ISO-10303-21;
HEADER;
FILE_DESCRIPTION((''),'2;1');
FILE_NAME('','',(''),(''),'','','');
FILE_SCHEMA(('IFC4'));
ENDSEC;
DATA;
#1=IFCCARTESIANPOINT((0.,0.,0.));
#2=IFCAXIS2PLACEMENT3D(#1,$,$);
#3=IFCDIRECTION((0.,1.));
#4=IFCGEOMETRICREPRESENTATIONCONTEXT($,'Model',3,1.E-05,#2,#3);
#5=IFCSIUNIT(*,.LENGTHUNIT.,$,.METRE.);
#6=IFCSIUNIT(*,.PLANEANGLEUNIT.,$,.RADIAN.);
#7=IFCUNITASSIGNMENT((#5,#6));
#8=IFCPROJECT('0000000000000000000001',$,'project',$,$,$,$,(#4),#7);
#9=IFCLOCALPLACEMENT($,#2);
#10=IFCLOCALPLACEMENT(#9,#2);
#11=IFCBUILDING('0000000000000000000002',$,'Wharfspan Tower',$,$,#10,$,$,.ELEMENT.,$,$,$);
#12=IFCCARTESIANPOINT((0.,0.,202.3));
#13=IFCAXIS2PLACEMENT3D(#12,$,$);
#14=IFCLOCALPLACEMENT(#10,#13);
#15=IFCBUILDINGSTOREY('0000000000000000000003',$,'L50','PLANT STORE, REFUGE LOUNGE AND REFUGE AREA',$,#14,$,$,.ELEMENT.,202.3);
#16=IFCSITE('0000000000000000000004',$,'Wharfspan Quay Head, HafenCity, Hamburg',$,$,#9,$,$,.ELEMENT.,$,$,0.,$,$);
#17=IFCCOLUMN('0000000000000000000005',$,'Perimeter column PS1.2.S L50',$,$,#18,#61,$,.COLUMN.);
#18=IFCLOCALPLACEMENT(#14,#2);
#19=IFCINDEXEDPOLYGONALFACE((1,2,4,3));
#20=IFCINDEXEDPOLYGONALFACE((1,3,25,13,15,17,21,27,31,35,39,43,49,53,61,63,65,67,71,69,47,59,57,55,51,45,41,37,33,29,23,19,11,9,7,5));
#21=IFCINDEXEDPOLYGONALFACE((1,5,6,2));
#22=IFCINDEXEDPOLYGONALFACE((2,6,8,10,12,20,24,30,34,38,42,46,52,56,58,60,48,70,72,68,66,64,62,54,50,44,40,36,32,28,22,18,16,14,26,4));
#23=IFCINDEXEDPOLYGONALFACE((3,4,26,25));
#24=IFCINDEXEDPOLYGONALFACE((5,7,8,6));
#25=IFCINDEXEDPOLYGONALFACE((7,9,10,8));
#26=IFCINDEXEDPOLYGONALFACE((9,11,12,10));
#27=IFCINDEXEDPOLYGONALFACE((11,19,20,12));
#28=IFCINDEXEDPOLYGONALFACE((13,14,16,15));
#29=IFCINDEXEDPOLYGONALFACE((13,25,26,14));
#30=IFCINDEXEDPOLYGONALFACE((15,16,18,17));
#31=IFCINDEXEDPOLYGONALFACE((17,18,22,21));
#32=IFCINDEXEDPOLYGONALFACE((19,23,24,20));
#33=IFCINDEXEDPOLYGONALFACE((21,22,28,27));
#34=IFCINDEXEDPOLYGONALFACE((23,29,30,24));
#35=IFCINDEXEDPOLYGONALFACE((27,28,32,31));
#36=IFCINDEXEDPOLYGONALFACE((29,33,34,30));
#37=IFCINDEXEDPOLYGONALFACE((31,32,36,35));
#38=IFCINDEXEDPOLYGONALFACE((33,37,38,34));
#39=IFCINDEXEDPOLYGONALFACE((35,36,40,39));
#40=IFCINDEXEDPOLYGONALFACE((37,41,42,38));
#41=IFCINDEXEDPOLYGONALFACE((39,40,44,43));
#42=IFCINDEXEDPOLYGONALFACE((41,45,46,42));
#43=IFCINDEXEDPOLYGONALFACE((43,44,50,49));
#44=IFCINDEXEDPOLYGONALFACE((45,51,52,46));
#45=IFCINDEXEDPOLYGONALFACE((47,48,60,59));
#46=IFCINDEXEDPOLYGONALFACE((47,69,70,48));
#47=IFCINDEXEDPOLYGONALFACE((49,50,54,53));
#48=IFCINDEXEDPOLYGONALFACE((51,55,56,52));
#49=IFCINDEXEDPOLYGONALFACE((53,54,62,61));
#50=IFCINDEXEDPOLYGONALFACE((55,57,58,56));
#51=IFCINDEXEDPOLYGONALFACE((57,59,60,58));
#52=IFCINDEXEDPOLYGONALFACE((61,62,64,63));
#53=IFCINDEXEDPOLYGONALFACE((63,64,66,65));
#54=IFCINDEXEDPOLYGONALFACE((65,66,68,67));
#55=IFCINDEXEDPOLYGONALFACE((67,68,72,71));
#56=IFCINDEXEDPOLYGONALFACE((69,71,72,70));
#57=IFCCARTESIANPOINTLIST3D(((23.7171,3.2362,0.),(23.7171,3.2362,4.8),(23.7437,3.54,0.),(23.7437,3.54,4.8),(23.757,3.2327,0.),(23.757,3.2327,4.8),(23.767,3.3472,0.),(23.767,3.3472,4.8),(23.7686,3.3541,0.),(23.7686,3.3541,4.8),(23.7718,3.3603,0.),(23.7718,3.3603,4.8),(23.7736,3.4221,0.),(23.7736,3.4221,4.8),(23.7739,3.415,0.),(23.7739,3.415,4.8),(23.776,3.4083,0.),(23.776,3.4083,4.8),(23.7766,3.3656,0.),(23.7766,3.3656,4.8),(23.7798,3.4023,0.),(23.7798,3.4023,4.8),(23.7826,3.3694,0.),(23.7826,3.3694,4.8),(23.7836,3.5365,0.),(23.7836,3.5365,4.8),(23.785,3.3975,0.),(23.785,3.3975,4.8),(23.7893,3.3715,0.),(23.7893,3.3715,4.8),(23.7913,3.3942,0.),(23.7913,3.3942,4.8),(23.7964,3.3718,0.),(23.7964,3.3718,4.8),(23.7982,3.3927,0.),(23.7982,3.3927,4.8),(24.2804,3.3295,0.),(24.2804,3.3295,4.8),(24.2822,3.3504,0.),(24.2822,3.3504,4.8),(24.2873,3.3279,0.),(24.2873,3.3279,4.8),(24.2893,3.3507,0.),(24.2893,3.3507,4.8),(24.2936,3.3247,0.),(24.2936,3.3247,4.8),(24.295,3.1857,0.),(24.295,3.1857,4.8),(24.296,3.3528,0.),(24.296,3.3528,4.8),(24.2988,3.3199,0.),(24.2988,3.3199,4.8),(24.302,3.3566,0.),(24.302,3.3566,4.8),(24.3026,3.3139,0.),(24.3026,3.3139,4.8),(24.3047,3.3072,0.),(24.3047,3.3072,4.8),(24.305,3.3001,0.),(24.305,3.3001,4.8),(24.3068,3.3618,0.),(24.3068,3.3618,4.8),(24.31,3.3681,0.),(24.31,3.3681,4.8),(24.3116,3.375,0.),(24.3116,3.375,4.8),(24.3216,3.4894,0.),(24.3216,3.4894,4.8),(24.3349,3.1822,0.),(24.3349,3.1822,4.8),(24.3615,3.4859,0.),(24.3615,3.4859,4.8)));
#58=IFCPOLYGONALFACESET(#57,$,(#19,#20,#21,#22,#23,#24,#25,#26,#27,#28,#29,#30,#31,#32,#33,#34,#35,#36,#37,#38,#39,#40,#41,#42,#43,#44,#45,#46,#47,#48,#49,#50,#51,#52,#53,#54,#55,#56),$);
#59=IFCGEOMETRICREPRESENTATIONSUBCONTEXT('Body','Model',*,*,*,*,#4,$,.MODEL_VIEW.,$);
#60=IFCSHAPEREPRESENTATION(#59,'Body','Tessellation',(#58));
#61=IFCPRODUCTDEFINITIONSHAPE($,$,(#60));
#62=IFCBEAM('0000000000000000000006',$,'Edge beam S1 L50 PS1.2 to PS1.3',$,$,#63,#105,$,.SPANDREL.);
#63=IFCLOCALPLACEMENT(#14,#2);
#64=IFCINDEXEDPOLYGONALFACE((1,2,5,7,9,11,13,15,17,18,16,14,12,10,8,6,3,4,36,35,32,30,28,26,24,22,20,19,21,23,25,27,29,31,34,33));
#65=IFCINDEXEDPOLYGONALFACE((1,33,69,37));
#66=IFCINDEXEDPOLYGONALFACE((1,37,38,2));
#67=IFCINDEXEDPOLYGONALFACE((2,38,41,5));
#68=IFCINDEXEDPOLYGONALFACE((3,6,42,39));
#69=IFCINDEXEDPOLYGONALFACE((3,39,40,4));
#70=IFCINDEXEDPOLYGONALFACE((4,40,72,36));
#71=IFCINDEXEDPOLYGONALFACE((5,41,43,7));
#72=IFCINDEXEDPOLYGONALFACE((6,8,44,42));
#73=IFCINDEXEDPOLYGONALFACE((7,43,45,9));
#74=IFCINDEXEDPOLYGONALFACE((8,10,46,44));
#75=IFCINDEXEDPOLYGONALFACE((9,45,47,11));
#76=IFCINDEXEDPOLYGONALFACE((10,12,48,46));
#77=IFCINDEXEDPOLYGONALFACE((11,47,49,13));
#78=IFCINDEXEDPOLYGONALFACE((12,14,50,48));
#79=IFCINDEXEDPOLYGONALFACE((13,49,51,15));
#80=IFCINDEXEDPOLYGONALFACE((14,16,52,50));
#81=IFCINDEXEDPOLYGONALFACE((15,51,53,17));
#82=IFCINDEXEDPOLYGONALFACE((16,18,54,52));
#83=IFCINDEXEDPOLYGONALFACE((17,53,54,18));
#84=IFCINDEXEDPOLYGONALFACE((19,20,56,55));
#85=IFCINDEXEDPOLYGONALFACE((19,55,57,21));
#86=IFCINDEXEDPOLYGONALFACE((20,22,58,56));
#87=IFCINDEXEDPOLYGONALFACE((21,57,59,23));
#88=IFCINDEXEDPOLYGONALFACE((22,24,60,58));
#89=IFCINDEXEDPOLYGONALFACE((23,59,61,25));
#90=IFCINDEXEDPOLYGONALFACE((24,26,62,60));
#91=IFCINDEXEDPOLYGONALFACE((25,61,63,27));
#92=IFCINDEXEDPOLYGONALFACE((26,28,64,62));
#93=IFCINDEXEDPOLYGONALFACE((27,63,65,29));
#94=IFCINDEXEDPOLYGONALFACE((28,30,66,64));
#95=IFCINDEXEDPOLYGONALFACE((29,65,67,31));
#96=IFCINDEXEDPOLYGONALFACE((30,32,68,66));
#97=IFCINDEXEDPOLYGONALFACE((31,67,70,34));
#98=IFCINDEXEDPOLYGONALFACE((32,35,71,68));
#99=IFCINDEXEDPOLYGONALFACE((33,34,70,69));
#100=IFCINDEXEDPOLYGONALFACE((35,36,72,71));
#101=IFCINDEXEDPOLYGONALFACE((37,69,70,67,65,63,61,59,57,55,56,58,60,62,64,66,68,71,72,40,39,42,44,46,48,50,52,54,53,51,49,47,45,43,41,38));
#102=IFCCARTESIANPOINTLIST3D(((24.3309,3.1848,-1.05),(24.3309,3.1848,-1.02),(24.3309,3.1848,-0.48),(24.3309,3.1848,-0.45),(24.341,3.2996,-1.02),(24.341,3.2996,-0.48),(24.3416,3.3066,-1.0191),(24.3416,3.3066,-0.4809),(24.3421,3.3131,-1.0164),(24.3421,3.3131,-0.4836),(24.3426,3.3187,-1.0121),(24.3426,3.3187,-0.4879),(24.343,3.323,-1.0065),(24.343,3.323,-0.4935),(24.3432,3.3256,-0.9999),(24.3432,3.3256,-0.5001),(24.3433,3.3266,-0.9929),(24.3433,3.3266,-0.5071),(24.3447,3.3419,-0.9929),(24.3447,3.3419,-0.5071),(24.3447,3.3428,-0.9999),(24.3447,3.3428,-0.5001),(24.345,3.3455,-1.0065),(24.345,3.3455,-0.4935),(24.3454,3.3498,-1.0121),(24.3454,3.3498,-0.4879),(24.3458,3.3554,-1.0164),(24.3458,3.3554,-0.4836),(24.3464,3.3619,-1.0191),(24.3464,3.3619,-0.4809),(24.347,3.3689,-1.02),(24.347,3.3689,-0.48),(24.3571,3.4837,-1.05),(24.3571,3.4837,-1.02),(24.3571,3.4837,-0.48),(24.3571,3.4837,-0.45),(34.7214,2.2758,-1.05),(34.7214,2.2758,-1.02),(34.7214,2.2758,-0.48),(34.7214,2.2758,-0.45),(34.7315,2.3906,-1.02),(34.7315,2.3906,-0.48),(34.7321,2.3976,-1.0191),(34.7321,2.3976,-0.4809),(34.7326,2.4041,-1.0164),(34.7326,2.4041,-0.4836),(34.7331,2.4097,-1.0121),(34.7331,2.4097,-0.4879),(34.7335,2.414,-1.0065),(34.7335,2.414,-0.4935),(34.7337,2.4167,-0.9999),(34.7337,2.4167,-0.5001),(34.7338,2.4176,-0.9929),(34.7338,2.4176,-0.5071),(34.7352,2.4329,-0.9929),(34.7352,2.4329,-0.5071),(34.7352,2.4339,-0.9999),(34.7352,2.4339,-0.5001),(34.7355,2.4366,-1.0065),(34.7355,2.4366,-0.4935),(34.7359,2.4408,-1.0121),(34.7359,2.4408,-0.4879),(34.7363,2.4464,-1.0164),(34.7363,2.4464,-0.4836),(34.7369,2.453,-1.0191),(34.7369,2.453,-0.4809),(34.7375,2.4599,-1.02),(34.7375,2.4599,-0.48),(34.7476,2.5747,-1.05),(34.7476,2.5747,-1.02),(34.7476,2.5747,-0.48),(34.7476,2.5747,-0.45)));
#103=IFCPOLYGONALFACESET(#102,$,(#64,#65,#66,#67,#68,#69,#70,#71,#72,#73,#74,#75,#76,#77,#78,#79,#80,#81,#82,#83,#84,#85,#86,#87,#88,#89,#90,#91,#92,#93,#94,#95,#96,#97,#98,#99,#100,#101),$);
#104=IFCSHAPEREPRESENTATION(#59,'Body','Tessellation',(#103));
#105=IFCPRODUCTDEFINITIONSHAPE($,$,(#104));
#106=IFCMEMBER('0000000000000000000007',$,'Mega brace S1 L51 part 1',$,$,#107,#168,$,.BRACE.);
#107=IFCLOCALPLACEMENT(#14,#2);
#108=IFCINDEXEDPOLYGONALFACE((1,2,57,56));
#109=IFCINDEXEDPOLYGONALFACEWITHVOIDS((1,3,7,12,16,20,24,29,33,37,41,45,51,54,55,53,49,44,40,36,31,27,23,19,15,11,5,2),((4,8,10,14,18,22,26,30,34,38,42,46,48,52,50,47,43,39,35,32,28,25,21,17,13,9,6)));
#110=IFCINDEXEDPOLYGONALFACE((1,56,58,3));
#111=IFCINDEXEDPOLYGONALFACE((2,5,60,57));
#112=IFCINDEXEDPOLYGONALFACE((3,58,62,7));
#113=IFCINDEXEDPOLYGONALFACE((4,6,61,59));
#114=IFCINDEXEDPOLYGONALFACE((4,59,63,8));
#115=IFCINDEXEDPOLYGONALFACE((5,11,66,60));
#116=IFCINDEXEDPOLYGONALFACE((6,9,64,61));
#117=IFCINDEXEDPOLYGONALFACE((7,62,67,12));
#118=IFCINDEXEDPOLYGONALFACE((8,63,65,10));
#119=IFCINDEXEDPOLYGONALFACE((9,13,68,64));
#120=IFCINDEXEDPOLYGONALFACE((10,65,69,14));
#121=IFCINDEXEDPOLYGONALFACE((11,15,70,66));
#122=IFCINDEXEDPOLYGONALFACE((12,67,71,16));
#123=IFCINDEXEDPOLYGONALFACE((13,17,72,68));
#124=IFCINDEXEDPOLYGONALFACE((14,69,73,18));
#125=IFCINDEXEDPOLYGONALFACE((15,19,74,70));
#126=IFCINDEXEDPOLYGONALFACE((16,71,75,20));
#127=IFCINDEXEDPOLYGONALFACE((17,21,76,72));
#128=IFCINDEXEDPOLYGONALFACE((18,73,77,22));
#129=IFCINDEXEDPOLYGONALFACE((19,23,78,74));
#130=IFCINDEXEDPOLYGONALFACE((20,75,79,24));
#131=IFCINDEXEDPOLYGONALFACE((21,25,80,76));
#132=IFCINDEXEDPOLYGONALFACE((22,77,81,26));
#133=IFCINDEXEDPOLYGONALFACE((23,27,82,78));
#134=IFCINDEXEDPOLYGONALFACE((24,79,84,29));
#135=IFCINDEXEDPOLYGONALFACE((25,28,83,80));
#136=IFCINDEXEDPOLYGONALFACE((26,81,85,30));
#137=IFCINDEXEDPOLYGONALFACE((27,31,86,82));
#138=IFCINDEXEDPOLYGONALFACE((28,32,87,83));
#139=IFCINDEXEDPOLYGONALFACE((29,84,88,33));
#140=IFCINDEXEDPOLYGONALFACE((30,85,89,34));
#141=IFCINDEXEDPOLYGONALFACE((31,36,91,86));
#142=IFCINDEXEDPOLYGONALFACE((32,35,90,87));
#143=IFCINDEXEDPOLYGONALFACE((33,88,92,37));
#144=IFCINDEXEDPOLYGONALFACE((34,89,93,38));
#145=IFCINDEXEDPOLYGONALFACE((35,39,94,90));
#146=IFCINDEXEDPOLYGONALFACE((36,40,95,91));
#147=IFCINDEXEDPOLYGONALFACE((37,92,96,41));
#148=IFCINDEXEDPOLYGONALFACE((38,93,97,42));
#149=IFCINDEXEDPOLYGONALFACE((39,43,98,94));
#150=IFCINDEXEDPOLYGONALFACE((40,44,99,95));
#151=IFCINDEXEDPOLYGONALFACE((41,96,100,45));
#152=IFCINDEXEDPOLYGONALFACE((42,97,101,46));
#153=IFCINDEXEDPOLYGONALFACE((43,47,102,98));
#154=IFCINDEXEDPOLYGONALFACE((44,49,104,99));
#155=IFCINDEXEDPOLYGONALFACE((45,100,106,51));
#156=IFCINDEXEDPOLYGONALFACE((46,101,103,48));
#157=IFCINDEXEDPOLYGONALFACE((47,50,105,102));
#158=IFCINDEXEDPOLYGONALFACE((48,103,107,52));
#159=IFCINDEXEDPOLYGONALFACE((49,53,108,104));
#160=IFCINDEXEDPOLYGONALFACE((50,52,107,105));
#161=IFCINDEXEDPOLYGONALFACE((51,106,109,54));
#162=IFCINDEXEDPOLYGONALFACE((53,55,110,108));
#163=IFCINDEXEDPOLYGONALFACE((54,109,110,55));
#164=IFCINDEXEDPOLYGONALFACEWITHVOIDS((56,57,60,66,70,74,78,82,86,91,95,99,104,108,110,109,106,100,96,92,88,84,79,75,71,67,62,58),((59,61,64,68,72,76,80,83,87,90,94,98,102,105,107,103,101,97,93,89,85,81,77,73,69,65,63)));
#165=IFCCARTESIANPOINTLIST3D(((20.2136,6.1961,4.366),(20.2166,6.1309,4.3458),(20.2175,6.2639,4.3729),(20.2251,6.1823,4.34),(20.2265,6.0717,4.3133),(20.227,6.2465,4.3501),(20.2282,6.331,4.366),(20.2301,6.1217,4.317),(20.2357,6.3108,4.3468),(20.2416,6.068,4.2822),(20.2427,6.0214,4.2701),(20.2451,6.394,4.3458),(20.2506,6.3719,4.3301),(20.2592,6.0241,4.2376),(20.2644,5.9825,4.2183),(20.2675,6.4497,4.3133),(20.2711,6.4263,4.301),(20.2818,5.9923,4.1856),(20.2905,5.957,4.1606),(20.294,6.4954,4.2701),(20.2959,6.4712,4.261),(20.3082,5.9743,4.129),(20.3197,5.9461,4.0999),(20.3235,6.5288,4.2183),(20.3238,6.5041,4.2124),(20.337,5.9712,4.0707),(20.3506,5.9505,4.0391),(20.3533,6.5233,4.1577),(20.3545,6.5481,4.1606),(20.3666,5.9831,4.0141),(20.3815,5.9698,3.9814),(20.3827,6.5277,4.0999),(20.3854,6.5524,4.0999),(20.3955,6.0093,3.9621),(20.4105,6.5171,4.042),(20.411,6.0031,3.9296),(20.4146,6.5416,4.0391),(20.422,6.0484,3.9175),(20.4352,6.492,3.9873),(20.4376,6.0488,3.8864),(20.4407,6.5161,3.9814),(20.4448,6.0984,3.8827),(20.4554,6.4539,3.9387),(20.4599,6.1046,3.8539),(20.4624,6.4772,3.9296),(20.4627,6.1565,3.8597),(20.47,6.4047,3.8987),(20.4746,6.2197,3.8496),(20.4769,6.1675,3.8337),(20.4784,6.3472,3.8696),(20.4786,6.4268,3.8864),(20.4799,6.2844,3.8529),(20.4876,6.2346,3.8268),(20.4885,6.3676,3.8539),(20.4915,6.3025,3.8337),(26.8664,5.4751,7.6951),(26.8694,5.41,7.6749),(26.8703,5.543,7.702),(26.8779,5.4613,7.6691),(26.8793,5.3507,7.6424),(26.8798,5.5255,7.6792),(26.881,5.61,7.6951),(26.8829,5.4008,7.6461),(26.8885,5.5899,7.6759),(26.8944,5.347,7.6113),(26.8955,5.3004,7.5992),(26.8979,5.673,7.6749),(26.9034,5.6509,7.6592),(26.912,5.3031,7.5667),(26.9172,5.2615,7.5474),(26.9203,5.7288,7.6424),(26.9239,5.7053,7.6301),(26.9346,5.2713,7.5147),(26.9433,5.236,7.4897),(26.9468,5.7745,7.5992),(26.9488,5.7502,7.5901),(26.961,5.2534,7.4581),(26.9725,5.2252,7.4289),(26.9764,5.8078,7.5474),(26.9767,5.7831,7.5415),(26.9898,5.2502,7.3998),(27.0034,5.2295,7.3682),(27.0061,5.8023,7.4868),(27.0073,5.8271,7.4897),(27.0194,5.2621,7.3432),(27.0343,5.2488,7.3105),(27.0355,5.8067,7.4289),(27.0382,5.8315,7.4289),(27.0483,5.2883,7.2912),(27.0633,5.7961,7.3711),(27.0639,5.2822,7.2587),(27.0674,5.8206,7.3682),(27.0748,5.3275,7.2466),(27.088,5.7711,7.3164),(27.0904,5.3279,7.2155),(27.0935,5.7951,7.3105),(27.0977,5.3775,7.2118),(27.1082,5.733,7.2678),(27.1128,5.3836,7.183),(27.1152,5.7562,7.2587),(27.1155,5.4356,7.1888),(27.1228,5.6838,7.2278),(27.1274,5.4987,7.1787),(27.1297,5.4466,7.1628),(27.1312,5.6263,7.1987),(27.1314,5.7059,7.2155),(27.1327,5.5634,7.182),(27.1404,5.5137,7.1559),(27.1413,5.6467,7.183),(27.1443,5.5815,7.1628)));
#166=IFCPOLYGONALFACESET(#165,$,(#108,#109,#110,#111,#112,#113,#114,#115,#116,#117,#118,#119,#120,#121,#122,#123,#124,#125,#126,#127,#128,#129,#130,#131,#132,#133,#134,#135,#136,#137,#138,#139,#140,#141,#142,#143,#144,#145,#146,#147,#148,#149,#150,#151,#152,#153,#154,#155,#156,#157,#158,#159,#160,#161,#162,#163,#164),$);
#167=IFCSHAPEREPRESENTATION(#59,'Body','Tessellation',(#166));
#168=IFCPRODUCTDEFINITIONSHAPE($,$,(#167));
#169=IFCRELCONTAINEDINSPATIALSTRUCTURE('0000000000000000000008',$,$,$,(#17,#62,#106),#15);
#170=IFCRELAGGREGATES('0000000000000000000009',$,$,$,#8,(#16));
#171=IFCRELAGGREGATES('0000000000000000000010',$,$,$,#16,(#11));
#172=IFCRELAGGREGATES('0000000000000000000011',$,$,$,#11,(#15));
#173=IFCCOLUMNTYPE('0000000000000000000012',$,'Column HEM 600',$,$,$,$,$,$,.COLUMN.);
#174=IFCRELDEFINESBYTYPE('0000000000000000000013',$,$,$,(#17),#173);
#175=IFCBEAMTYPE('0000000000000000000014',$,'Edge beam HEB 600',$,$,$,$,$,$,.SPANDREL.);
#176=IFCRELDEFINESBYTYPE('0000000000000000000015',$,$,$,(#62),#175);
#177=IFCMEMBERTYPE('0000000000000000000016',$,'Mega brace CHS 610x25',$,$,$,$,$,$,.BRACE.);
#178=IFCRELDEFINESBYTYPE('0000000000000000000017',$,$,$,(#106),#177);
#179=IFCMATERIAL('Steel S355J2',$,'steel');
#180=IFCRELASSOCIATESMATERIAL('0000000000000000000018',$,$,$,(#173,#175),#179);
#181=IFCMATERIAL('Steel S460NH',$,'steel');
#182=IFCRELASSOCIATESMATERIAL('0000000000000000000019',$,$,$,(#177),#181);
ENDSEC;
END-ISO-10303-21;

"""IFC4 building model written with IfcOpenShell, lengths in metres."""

from ifc_helpers import new_model, si_unit, direction, frame, origin, origin_2d, place, context, subcontext, project, spatial, hollow_circle, i_section, extrude, material, material_profile, profile_set, type_object, element, save


model = new_model("IFC4")

# Units and contexts
model_context = context("Model", 3, precision=1e-05, world=origin(), true_north=direction((0.0, 1.0)))
body_context = subcontext(model_context, "Body", "Model", "MODEL_VIEW")
ifc_project = project(units=[si_unit("LENGTHUNIT", "METRE"), si_unit("PLANEANGLEUNIT", "RADIAN")], contexts=[model_context])

# Site, building, storey
site_placement = place(None, origin())
site = spatial("IfcSite", under=ifc_project, at=site_placement, Name="Wharfspan Quay Head, HafenCity, Hamburg", CompositionType="ELEMENT", RefElevation=0.0)
building_placement = place(site_placement, origin())
building = spatial("IfcBuilding", under=site, at=building_placement, Name="Wharfspan Tower", CompositionType="ELEMENT")
storey_placement = place(building_placement, frame((0.0, 0.0, 202.3)))
storey = spatial("IfcBuildingStorey", under=building, at=storey_placement, Name="L50", Description="PLANT STORE, REFUGE LOUNGE AND REFUGE AREA", CompositionType="ELEMENT", Elevation=202.3)

# Column
ifc_material_1 = material(Name="Steel S355J2", Category="steel")
ifc_material_profile_1 = material_profile(ifc_material_1, i_section(OverallWidth=0.3049, OverallDepth=0.6201, WebThickness=0.021, FlangeThickness=0.04, FilletRadius=0.0271, at=origin_2d()))
ifc_profile_set_1 = profile_set([ifc_material_profile_1], Name="Steel S355J2")
column_type = type_object("IfcColumnType", Name="Column HEM 600", PredefinedType="COLUMN", material=ifc_profile_set_1)
column_placement = place(storey_placement, frame((24.0393, 3.3611, 0.0), z_axis=(0.0, 0.0, 1.0), x_axis=(-0.087156, -0.996198, 0.0)))
element("IfcColumn", 1, at=column_placement, inside=storey, type_object=column_type, Name="Perimeter column PS1.2.S L50", PredefinedType="COLUMN", context=body_context, shape_type="SweptSolid", body=[
    extrude(i_section(OverallWidth=0.3049, OverallDepth=0.6201, WebThickness=0.021, FlangeThickness=0.04, FilletRadius=0.0271, at=origin_2d()), origin(), (0.0, 0.0, 1.0), 4.8),
])

# Beam
ifc_material_profile_2 = material_profile(ifc_material_1, i_section(OverallWidth=0.3, OverallDepth=0.6001, WebThickness=0.0154, FlangeThickness=0.03, FilletRadius=0.0271, at=origin_2d()))
ifc_profile_set_2 = profile_set([ifc_material_profile_2], Name="Steel S355J2")
beam_type = type_object("IfcBeamType", Name="Edge beam HEB 600", PredefinedType="SPANDREL", material=ifc_profile_set_2)
beam_placement = place(storey_placement, frame((24.344, 3.3342, -0.75), z_axis=(0.996196, -0.087146, 0.0), x_axis=(0.087146, 0.996196, 0.0)))
element("IfcBeam", 2, at=beam_placement, inside=storey, type_object=beam_type, Name="Edge beam S1 L50 PS1.2 to PS1.3", PredefinedType="SPANDREL", context=body_context, shape_type="SweptSolid", body=[
    extrude(i_section(OverallWidth=0.3, OverallDepth=0.6001, WebThickness=0.0154, FlangeThickness=0.03, FilletRadius=0.0271, at=origin_2d()), origin(), (0.0, 0.0, 1.0), 10.4302),
])

# Member
ifc_material_2 = material(Name="Steel S460NH", Category="steel")
ifc_material_profile_3 = material_profile(ifc_material_2, hollow_circle(Radius=0.3049, WallThickness=0.0249, at=origin_2d()))
ifc_profile_set_3 = profile_set([ifc_material_profile_3], Name="Steel S460NH")
member_type_1 = type_object("IfcMemberType", Name="Mega brace CHS 610x25", PredefinedType="BRACE", material=ifc_profile_set_3)
member_1_placement = place(storey_placement, frame((20.3525, 6.2493, 4.0999), z_axis=(0.890113, -0.096459, 0.445416), x_axis=(0.107734, 0.994176, 0.000004)))
element("IfcMember", 3, at=member_1_placement, inside=storey, type_object=member_type_1, Name="Mega brace S1 L51 part 1", PredefinedType="BRACE", context=body_context, shape_type="SweptSolid", body=[
    extrude(hollow_circle(Radius=0.3049, WallThickness=0.0249, at=origin_2d()), origin(), (0.0, 0.0, 1.0), 7.4741),
])

save(model, "model.ifc")
